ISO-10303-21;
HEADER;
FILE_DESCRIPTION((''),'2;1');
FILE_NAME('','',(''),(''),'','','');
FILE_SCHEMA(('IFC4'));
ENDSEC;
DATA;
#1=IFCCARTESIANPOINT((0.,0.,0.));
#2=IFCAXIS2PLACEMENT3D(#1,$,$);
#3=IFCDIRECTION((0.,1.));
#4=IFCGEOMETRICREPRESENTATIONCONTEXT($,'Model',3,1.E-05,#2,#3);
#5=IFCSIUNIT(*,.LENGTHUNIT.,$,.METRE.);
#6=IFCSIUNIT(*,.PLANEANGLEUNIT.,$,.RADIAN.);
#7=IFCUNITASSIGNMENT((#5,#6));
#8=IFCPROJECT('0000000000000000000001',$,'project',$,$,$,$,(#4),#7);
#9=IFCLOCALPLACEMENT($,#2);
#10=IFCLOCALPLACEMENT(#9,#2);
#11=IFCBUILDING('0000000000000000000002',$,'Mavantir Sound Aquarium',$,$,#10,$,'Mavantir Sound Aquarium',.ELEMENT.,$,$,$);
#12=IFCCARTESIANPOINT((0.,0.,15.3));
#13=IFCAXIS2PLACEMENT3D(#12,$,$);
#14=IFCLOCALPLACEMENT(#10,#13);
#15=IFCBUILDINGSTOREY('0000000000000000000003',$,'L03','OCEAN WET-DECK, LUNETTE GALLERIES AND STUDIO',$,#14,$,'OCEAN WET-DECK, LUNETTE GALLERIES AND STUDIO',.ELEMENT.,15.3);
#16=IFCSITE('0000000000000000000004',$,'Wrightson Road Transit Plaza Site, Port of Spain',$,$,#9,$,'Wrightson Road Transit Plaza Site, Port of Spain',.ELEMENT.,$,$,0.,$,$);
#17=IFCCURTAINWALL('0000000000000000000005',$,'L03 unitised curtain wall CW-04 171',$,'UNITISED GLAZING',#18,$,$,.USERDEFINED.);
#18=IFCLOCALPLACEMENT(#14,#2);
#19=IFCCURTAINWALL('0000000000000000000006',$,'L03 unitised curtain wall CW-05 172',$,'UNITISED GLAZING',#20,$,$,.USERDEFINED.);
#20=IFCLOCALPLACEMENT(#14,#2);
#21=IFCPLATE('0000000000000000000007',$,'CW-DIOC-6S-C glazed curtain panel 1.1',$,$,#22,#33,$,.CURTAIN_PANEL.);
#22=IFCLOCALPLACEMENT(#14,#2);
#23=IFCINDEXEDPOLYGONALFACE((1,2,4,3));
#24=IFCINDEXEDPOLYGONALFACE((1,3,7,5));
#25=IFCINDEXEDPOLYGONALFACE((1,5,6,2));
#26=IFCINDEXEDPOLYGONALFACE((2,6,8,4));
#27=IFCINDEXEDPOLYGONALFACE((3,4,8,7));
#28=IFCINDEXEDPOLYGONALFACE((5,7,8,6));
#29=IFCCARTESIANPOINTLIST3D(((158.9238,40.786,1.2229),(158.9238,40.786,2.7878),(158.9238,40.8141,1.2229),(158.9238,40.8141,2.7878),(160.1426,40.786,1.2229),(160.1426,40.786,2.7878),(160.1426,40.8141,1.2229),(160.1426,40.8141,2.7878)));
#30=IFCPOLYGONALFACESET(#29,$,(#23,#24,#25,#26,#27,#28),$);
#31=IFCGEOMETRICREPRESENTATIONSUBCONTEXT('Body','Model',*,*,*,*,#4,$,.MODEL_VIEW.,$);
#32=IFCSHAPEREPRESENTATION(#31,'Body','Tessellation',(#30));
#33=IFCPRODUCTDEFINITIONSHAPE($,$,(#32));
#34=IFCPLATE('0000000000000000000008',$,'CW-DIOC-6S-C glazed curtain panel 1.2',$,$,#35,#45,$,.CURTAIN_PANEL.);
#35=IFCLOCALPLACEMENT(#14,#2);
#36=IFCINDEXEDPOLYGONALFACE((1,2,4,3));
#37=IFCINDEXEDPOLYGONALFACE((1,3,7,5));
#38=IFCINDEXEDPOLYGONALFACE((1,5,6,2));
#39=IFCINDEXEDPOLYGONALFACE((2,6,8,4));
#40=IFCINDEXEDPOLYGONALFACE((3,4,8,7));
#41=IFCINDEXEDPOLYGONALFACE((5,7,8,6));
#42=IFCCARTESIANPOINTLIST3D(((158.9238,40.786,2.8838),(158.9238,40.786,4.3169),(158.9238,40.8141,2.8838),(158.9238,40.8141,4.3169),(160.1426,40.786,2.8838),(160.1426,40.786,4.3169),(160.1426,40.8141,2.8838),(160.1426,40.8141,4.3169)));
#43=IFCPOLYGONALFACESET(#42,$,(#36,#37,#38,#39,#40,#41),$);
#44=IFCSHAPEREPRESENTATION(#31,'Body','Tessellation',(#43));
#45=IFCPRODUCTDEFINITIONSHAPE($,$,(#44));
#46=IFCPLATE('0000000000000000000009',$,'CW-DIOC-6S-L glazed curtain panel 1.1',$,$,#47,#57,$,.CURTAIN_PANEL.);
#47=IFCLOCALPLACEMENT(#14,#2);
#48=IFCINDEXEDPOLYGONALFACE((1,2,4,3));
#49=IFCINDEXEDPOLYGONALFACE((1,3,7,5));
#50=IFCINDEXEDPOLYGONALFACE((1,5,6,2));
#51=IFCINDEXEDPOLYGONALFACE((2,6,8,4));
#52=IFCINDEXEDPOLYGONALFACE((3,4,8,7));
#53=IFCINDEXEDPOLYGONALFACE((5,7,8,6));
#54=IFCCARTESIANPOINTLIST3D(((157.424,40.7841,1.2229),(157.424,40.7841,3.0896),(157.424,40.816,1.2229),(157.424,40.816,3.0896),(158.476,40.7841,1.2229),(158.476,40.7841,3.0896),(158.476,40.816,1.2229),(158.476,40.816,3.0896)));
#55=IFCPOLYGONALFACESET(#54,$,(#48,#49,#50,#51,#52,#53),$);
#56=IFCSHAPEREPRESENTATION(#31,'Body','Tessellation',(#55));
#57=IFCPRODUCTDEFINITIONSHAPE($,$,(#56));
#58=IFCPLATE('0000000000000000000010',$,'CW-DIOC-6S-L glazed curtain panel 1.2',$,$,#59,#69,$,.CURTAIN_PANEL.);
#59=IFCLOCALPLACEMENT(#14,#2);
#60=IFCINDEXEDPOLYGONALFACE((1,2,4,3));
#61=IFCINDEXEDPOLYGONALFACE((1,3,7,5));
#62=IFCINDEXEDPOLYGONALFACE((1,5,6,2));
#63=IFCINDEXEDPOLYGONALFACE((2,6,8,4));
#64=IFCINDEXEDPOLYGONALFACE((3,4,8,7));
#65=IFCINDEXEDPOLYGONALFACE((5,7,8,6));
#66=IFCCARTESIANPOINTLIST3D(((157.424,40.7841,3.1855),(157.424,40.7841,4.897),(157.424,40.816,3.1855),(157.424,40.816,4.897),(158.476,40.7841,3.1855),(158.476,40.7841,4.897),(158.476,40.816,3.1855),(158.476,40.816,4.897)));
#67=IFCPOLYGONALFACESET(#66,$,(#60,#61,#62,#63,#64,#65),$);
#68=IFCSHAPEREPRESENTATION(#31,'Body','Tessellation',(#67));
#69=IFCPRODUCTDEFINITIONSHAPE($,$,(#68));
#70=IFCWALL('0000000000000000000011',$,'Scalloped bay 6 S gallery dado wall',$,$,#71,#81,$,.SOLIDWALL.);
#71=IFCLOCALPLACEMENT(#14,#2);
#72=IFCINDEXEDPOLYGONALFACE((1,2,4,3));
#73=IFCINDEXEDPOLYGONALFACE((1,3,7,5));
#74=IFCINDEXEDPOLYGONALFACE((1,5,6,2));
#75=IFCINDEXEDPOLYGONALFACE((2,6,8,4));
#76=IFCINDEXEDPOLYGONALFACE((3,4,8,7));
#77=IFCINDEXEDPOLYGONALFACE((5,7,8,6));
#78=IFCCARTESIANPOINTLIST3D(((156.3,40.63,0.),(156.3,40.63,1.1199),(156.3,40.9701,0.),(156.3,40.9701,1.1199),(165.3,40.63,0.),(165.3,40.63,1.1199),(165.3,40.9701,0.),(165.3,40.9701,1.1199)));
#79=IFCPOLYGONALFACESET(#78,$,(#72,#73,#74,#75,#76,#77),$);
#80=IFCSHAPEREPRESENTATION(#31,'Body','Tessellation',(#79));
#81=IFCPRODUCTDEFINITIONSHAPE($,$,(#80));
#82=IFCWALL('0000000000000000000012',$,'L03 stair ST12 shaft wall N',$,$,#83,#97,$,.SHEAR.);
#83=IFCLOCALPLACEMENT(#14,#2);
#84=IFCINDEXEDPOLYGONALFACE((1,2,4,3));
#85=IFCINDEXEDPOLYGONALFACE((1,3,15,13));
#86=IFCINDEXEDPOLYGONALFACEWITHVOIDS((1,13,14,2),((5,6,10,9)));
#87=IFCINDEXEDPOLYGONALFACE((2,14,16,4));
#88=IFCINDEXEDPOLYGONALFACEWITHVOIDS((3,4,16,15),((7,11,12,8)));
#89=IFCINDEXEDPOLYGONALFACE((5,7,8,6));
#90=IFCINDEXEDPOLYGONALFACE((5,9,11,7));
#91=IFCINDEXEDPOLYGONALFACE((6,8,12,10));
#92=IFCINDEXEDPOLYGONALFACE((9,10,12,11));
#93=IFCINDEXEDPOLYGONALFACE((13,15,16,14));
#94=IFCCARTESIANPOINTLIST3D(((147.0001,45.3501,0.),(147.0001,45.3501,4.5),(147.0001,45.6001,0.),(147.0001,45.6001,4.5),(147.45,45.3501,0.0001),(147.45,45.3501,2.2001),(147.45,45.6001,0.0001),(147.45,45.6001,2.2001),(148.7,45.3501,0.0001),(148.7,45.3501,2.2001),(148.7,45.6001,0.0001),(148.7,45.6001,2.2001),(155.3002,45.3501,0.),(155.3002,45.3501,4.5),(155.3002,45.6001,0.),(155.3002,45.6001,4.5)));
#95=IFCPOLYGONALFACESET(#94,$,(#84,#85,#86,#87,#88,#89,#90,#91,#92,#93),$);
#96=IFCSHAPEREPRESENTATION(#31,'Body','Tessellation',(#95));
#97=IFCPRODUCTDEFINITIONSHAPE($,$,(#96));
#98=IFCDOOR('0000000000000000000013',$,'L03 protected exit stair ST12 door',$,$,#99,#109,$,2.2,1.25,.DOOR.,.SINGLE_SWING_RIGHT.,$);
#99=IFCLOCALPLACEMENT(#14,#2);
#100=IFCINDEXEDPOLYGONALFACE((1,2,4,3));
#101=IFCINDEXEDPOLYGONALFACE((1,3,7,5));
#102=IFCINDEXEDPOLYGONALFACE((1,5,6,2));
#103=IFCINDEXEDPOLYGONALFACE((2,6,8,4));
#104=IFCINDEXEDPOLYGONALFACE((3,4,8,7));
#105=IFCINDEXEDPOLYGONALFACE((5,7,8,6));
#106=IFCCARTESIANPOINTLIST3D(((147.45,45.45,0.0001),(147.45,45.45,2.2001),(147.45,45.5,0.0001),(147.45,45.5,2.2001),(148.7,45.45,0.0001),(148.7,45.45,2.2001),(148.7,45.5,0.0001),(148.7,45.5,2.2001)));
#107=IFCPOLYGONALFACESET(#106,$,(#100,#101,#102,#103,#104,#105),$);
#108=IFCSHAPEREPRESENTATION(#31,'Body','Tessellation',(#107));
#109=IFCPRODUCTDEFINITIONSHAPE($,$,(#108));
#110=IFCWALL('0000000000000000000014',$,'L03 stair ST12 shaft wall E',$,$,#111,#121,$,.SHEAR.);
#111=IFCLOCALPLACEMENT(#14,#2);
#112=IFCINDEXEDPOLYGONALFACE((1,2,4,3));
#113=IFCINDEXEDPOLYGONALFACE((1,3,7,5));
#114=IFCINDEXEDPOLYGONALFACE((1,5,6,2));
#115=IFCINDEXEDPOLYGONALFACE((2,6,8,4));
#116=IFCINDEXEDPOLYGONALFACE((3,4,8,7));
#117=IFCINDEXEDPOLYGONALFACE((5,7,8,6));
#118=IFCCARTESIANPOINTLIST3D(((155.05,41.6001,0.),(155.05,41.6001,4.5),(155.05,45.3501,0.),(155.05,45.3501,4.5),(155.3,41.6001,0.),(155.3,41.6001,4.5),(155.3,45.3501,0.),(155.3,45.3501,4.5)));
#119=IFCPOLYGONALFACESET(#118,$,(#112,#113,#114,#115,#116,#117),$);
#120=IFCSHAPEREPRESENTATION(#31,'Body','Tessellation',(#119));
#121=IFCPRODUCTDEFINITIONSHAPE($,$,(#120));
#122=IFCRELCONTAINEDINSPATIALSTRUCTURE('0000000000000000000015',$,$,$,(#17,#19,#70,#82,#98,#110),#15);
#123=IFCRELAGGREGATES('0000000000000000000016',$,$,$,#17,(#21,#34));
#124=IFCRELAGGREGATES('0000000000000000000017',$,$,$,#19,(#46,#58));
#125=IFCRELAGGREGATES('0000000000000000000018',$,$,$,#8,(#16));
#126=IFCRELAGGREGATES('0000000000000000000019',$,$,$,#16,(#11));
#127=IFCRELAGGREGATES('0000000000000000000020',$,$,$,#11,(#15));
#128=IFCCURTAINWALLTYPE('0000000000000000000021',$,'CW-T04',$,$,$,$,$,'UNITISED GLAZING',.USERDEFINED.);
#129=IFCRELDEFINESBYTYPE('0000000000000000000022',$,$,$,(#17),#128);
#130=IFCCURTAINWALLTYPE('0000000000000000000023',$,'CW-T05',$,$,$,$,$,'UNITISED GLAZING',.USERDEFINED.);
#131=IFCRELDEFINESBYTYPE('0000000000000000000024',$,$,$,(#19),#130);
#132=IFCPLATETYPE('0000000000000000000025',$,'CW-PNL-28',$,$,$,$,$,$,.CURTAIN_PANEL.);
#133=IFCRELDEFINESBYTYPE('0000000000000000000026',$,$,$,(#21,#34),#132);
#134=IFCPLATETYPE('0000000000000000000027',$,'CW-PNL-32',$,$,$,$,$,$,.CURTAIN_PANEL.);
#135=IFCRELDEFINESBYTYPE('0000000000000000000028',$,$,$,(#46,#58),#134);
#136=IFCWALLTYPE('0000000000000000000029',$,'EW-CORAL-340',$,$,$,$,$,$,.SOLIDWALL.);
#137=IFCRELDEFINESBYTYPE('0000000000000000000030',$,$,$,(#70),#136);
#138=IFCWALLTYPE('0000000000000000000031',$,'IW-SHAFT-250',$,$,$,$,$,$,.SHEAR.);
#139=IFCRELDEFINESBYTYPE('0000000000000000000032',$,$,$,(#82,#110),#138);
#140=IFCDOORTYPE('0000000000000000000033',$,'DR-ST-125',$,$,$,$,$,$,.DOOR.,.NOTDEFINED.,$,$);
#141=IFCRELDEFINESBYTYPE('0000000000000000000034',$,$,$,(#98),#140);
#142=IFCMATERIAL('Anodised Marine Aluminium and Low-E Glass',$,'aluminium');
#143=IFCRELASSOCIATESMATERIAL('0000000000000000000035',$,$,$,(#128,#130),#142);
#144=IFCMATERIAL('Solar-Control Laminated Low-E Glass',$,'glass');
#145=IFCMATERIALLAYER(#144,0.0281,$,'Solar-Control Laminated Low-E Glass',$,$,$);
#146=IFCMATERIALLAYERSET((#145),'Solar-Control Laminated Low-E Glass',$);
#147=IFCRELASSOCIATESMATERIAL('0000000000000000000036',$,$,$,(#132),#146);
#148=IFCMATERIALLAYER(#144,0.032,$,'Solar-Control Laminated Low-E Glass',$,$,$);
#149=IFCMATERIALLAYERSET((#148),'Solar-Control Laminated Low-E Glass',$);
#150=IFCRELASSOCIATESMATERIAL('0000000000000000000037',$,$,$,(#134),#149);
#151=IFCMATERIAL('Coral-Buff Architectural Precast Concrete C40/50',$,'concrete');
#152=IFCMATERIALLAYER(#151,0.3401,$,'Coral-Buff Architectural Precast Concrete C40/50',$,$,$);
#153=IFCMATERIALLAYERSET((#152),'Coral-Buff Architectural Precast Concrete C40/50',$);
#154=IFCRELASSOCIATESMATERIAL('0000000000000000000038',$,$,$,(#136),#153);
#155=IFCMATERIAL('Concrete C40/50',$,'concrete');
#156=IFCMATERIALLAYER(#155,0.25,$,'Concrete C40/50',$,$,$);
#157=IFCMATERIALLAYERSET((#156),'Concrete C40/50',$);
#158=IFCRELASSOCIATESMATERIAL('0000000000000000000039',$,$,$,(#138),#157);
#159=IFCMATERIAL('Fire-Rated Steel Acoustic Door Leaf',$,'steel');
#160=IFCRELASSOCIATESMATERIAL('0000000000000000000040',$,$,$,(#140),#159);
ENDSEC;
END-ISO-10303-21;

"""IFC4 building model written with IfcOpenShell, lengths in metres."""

from ifc_helpers import new_model, si_unit, direction, frame, frame_2d, origin, origin_2d, place, context, subcontext, project, spatial, rectangle, extrude, material, layer, layer_set, type_object, element, fill, aggregate, save


model = new_model("IFC4")

# Units and contexts
model_context = context("Model", 3, precision=1e-05, world=origin(), true_north=direction((0.0, 1.0)))
body_context = subcontext(model_context, "Body", "Model", "MODEL_VIEW")
ifc_project = project(units=[si_unit("LENGTHUNIT", "METRE"), si_unit("PLANEANGLEUNIT", "RADIAN")], contexts=[model_context])

# Site, building, storey
site_placement = place(None, origin())
site = spatial("IfcSite", under=ifc_project, at=site_placement, Name="Wrightson Road Transit Plaza Site, Port of Spain", LongName="Wrightson Road Transit Plaza Site, Port of Spain", CompositionType="ELEMENT", RefElevation=0.0)
building_placement = place(site_placement, origin())
building = spatial("IfcBuilding", under=site, at=building_placement, Name="Mavantir Sound Aquarium", LongName="Mavantir Sound Aquarium", CompositionType="ELEMENT")
storey_placement = place(building_placement, frame((0.0, 0.0, 15.3)))
storey = spatial("IfcBuildingStorey", under=building, at=storey_placement, Name="L03", Description="OCEAN WET-DECK, LUNETTE GALLERIES AND STUDIO", LongName="OCEAN WET-DECK, LUNETTE GALLERIES AND STUDIO", CompositionType="ELEMENT", Elevation=15.3)

# Shared definitions
ifc_material_1 = material(Name="Concrete C40/50", Category="concrete")

# Curtain wall
ifc_material_2 = material(Name="Anodised Marine Aluminium and Low-E Glass", Category="aluminium")
curtain_wall_type_1 = type_object("IfcCurtainWallType", Name="CW-T04", ElementType="UNITISED GLAZING", PredefinedType="USERDEFINED", material=ifc_material_2)
curtain_wall_1_placement = place(storey_placement, origin())
curtain_wall_1 = element("IfcCurtainWall", 1, at=curtain_wall_1_placement, inside=storey, type_object=curtain_wall_type_1, Name="L03 unitised curtain wall CW-04 171", ObjectType="UNITISED GLAZING", PredefinedType="USERDEFINED")

# Curtain wall
curtain_wall_type_2 = type_object("IfcCurtainWallType", Name="CW-T05", ElementType="UNITISED GLAZING", PredefinedType="USERDEFINED", material=ifc_material_2)
curtain_wall_2_placement = place(storey_placement, origin())
curtain_wall_2 = element("IfcCurtainWall", 2, at=curtain_wall_2_placement, inside=storey, type_object=curtain_wall_type_2, Name="L03 unitised curtain wall CW-05 172", ObjectType="UNITISED GLAZING", PredefinedType="USERDEFINED")

# Plates
ifc_material_3 = material(Name="Solar-Control Laminated Low-E Glass", Category="glass")
ifc_layer_1 = layer(ifc_material_3, 0.0281, Name="Solar-Control Laminated Low-E Glass")
ifc_layer_set_1 = layer_set([ifc_layer_1], Name="Solar-Control Laminated Low-E Glass")
plate_type_1 = type_object("IfcPlateType", Name="CW-PNL-28", PredefinedType="CURTAIN_PANEL", material=ifc_layer_set_1)
plate_1_placement = place(storey_placement, frame((159.5332, 40.8, 1.2229), z_axis=(0.0, 0.0, 1.0), x_axis=(1.0, 0.0, 0.0)))
plate_1 = element("IfcPlate", 3, at=plate_1_placement, type_object=plate_type_1, Name="CW-DIOC-6S-C glazed curtain panel 1.1", PredefinedType="CURTAIN_PANEL", context=body_context, shape_type="SweptSolid", body=[
    extrude(rectangle(XDim=1.2188, YDim=0.0281, at=origin_2d()), origin(), (0.0, 0.0, 1.0), 1.5649),
])
plate_2_placement = place(storey_placement, frame((159.5332, 40.8, 2.8838), z_axis=(0.0, 0.0, 1.0), x_axis=(1.0, 0.0, 0.0)))
plate_2 = element("IfcPlate", 4, at=plate_2_placement, type_object=plate_type_1, Name="CW-DIOC-6S-C glazed curtain panel 1.2", PredefinedType="CURTAIN_PANEL", context=body_context, shape_type="SweptSolid", body=[
    extrude(rectangle(XDim=1.2188, YDim=0.0281, at=origin_2d()), origin(), (0.0, 0.0, 1.0), 1.4331),
])
aggregate(curtain_wall_1, [plate_1, plate_2])
ifc_layer_2 = layer(ifc_material_3, 0.032, Name="Solar-Control Laminated Low-E Glass")
ifc_layer_set_2 = layer_set([ifc_layer_2], Name="Solar-Control Laminated Low-E Glass")
plate_type_2 = type_object("IfcPlateType", Name="CW-PNL-32", PredefinedType="CURTAIN_PANEL", material=ifc_layer_set_2)
plate_3_placement = place(storey_placement, frame((157.95, 40.8, 1.2229), z_axis=(0.0, 0.0, 1.0), x_axis=(1.0, 0.0, 0.0)))
plate_3 = element("IfcPlate", 5, at=plate_3_placement, type_object=plate_type_2, Name="CW-DIOC-6S-L glazed curtain panel 1.1", PredefinedType="CURTAIN_PANEL", context=body_context, shape_type="SweptSolid", body=[
    extrude(rectangle(XDim=1.052, YDim=0.032, at=origin_2d()), origin(), (0.0, 0.0, 1.0), 1.8667),
])
plate_4_placement = place(storey_placement, frame((157.95, 40.8, 3.1855), z_axis=(0.0, 0.0, 1.0), x_axis=(1.0, 0.0, 0.0)))
plate_4 = element("IfcPlate", 6, at=plate_4_placement, type_object=plate_type_2, Name="CW-DIOC-6S-L glazed curtain panel 1.2", PredefinedType="CURTAIN_PANEL", context=body_context, shape_type="SweptSolid", body=[
    extrude(rectangle(XDim=1.052, YDim=0.032, at=origin_2d()), origin(), (0.0, 0.0, 1.0), 1.7114),
])
aggregate(curtain_wall_2, [plate_3, plate_4])

# Wall
ifc_material_4 = material(Name="Coral-Buff Architectural Precast Concrete C40/50", Category="concrete")
ifc_layer_3 = layer(ifc_material_4, 0.3401, Name="Coral-Buff Architectural Precast Concrete C40/50")
ifc_layer_set_3 = layer_set([ifc_layer_3], Name="Coral-Buff Architectural Precast Concrete C40/50")
wall_type_1 = type_object("IfcWallType", Name="EW-CORAL-340", PredefinedType="SOLIDWALL", material=ifc_layer_set_3)
wall_1_placement = place(storey_placement, frame((156.3, 40.8, 0.0), z_axis=(0.0, 0.0, 1.0), x_axis=(1.0, 0.0, 0.0)))
element("IfcWall", 7, at=wall_1_placement, inside=storey, type_object=wall_type_1, Name="Scalloped bay 6 S gallery dado wall", PredefinedType="SOLIDWALL", context=body_context, shape_type="SweptSolid", body=[
    extrude(rectangle(XDim=9.0, YDim=0.3401, at=frame_2d((4.5, 0.0))), origin(), (0.0, 0.0, 1.0), 1.1199),
])

# Wall, opening, door
ifc_layer_4 = layer(ifc_material_1, 0.25, Name="Concrete C40/50")
ifc_layer_set_4 = layer_set([ifc_layer_4], Name="Concrete C40/50")
wall_type_2 = type_object("IfcWallType", Name="IW-SHAFT-250", PredefinedType="SHEAR", material=ifc_layer_set_4)
wall_2_placement = place(storey_placement, frame((155.3, 45.4751, 0.0), z_axis=(0.0, 0.0, 1.0), x_axis=(-1.0, 0.0, 0.0)))
wall_2 = element("IfcWall", 8, at=wall_2_placement, inside=storey, type_object=wall_type_2, Name="L03 stair ST12 shaft wall N", PredefinedType="SHEAR", context=body_context, shape_type="SweptSolid", body=[
    extrude(rectangle(XDim=8.3, YDim=0.25, at=frame_2d((4.1499, 0.0))), origin(), (0.0, 0.0, 1.0), 4.5),
])
opening_placement = place(wall_2_placement, frame((7.8501, 0.0, 0.0), z_axis=(0.0, 0.0, 1.0), x_axis=(-1.0, 0.0, 0.0)))
opening = element("IfcOpeningElement", 9, at=opening_placement, cuts=wall_2, PredefinedType="OPENING", context=body_context, shape_type="SweptSolid", body=[
    extrude(rectangle(XDim=1.25, YDim=2.2, at=frame_2d((0.625, 1.1001))), frame((0.0, 0.135, 0.0), z_axis=(0.0, -1.0, 0.0), x_axis=(1.0, 0.0, 0.0)), (0.0, 0.0, 1.0), 0.27),
])
ifc_material_5 = material(Name="Fire-Rated Steel Acoustic Door Leaf", Category="steel")
door_type = type_object("IfcDoorType", Name="DR-ST-125", OperationType="NOTDEFINED", PredefinedType="DOOR", material=ifc_material_5)
door_placement = place(opening_placement, origin())
door = element("IfcDoor", 10, at=door_placement, inside=storey, type_object=door_type, Name="L03 protected exit stair ST12 door", OperationType="SINGLE_SWING_RIGHT", OverallHeight=2.2, OverallWidth=1.25, PredefinedType="DOOR", context=body_context, shape_type="SweptSolid", body=[
    extrude(rectangle(XDim=1.25, YDim=2.2, at=frame_2d((0.625, 1.1001))), frame((0.0, 0.0249, 0.0), z_axis=(0.0, -1.0, 0.0), x_axis=(1.0, 0.0, 0.0)), (0.0, 0.0, 1.0), 0.05),
])
fill(opening, door)

# Wall
wall_3_placement = place(storey_placement, frame((155.175, 41.6001, 0.0), z_axis=(0.0, 0.0, 1.0), x_axis=(0.0, 1.0, 0.0)))
element("IfcWall", 11, at=wall_3_placement, inside=storey, type_object=wall_type_2, Name="L03 stair ST12 shaft wall E", PredefinedType="SHEAR", context=body_context, shape_type="SweptSolid", body=[
    extrude(rectangle(XDim=3.75, YDim=0.25, at=frame_2d((1.875, 0.0))), origin(), (0.0, 0.0, 1.0), 4.5),
])

save(model, "model.ifc")
